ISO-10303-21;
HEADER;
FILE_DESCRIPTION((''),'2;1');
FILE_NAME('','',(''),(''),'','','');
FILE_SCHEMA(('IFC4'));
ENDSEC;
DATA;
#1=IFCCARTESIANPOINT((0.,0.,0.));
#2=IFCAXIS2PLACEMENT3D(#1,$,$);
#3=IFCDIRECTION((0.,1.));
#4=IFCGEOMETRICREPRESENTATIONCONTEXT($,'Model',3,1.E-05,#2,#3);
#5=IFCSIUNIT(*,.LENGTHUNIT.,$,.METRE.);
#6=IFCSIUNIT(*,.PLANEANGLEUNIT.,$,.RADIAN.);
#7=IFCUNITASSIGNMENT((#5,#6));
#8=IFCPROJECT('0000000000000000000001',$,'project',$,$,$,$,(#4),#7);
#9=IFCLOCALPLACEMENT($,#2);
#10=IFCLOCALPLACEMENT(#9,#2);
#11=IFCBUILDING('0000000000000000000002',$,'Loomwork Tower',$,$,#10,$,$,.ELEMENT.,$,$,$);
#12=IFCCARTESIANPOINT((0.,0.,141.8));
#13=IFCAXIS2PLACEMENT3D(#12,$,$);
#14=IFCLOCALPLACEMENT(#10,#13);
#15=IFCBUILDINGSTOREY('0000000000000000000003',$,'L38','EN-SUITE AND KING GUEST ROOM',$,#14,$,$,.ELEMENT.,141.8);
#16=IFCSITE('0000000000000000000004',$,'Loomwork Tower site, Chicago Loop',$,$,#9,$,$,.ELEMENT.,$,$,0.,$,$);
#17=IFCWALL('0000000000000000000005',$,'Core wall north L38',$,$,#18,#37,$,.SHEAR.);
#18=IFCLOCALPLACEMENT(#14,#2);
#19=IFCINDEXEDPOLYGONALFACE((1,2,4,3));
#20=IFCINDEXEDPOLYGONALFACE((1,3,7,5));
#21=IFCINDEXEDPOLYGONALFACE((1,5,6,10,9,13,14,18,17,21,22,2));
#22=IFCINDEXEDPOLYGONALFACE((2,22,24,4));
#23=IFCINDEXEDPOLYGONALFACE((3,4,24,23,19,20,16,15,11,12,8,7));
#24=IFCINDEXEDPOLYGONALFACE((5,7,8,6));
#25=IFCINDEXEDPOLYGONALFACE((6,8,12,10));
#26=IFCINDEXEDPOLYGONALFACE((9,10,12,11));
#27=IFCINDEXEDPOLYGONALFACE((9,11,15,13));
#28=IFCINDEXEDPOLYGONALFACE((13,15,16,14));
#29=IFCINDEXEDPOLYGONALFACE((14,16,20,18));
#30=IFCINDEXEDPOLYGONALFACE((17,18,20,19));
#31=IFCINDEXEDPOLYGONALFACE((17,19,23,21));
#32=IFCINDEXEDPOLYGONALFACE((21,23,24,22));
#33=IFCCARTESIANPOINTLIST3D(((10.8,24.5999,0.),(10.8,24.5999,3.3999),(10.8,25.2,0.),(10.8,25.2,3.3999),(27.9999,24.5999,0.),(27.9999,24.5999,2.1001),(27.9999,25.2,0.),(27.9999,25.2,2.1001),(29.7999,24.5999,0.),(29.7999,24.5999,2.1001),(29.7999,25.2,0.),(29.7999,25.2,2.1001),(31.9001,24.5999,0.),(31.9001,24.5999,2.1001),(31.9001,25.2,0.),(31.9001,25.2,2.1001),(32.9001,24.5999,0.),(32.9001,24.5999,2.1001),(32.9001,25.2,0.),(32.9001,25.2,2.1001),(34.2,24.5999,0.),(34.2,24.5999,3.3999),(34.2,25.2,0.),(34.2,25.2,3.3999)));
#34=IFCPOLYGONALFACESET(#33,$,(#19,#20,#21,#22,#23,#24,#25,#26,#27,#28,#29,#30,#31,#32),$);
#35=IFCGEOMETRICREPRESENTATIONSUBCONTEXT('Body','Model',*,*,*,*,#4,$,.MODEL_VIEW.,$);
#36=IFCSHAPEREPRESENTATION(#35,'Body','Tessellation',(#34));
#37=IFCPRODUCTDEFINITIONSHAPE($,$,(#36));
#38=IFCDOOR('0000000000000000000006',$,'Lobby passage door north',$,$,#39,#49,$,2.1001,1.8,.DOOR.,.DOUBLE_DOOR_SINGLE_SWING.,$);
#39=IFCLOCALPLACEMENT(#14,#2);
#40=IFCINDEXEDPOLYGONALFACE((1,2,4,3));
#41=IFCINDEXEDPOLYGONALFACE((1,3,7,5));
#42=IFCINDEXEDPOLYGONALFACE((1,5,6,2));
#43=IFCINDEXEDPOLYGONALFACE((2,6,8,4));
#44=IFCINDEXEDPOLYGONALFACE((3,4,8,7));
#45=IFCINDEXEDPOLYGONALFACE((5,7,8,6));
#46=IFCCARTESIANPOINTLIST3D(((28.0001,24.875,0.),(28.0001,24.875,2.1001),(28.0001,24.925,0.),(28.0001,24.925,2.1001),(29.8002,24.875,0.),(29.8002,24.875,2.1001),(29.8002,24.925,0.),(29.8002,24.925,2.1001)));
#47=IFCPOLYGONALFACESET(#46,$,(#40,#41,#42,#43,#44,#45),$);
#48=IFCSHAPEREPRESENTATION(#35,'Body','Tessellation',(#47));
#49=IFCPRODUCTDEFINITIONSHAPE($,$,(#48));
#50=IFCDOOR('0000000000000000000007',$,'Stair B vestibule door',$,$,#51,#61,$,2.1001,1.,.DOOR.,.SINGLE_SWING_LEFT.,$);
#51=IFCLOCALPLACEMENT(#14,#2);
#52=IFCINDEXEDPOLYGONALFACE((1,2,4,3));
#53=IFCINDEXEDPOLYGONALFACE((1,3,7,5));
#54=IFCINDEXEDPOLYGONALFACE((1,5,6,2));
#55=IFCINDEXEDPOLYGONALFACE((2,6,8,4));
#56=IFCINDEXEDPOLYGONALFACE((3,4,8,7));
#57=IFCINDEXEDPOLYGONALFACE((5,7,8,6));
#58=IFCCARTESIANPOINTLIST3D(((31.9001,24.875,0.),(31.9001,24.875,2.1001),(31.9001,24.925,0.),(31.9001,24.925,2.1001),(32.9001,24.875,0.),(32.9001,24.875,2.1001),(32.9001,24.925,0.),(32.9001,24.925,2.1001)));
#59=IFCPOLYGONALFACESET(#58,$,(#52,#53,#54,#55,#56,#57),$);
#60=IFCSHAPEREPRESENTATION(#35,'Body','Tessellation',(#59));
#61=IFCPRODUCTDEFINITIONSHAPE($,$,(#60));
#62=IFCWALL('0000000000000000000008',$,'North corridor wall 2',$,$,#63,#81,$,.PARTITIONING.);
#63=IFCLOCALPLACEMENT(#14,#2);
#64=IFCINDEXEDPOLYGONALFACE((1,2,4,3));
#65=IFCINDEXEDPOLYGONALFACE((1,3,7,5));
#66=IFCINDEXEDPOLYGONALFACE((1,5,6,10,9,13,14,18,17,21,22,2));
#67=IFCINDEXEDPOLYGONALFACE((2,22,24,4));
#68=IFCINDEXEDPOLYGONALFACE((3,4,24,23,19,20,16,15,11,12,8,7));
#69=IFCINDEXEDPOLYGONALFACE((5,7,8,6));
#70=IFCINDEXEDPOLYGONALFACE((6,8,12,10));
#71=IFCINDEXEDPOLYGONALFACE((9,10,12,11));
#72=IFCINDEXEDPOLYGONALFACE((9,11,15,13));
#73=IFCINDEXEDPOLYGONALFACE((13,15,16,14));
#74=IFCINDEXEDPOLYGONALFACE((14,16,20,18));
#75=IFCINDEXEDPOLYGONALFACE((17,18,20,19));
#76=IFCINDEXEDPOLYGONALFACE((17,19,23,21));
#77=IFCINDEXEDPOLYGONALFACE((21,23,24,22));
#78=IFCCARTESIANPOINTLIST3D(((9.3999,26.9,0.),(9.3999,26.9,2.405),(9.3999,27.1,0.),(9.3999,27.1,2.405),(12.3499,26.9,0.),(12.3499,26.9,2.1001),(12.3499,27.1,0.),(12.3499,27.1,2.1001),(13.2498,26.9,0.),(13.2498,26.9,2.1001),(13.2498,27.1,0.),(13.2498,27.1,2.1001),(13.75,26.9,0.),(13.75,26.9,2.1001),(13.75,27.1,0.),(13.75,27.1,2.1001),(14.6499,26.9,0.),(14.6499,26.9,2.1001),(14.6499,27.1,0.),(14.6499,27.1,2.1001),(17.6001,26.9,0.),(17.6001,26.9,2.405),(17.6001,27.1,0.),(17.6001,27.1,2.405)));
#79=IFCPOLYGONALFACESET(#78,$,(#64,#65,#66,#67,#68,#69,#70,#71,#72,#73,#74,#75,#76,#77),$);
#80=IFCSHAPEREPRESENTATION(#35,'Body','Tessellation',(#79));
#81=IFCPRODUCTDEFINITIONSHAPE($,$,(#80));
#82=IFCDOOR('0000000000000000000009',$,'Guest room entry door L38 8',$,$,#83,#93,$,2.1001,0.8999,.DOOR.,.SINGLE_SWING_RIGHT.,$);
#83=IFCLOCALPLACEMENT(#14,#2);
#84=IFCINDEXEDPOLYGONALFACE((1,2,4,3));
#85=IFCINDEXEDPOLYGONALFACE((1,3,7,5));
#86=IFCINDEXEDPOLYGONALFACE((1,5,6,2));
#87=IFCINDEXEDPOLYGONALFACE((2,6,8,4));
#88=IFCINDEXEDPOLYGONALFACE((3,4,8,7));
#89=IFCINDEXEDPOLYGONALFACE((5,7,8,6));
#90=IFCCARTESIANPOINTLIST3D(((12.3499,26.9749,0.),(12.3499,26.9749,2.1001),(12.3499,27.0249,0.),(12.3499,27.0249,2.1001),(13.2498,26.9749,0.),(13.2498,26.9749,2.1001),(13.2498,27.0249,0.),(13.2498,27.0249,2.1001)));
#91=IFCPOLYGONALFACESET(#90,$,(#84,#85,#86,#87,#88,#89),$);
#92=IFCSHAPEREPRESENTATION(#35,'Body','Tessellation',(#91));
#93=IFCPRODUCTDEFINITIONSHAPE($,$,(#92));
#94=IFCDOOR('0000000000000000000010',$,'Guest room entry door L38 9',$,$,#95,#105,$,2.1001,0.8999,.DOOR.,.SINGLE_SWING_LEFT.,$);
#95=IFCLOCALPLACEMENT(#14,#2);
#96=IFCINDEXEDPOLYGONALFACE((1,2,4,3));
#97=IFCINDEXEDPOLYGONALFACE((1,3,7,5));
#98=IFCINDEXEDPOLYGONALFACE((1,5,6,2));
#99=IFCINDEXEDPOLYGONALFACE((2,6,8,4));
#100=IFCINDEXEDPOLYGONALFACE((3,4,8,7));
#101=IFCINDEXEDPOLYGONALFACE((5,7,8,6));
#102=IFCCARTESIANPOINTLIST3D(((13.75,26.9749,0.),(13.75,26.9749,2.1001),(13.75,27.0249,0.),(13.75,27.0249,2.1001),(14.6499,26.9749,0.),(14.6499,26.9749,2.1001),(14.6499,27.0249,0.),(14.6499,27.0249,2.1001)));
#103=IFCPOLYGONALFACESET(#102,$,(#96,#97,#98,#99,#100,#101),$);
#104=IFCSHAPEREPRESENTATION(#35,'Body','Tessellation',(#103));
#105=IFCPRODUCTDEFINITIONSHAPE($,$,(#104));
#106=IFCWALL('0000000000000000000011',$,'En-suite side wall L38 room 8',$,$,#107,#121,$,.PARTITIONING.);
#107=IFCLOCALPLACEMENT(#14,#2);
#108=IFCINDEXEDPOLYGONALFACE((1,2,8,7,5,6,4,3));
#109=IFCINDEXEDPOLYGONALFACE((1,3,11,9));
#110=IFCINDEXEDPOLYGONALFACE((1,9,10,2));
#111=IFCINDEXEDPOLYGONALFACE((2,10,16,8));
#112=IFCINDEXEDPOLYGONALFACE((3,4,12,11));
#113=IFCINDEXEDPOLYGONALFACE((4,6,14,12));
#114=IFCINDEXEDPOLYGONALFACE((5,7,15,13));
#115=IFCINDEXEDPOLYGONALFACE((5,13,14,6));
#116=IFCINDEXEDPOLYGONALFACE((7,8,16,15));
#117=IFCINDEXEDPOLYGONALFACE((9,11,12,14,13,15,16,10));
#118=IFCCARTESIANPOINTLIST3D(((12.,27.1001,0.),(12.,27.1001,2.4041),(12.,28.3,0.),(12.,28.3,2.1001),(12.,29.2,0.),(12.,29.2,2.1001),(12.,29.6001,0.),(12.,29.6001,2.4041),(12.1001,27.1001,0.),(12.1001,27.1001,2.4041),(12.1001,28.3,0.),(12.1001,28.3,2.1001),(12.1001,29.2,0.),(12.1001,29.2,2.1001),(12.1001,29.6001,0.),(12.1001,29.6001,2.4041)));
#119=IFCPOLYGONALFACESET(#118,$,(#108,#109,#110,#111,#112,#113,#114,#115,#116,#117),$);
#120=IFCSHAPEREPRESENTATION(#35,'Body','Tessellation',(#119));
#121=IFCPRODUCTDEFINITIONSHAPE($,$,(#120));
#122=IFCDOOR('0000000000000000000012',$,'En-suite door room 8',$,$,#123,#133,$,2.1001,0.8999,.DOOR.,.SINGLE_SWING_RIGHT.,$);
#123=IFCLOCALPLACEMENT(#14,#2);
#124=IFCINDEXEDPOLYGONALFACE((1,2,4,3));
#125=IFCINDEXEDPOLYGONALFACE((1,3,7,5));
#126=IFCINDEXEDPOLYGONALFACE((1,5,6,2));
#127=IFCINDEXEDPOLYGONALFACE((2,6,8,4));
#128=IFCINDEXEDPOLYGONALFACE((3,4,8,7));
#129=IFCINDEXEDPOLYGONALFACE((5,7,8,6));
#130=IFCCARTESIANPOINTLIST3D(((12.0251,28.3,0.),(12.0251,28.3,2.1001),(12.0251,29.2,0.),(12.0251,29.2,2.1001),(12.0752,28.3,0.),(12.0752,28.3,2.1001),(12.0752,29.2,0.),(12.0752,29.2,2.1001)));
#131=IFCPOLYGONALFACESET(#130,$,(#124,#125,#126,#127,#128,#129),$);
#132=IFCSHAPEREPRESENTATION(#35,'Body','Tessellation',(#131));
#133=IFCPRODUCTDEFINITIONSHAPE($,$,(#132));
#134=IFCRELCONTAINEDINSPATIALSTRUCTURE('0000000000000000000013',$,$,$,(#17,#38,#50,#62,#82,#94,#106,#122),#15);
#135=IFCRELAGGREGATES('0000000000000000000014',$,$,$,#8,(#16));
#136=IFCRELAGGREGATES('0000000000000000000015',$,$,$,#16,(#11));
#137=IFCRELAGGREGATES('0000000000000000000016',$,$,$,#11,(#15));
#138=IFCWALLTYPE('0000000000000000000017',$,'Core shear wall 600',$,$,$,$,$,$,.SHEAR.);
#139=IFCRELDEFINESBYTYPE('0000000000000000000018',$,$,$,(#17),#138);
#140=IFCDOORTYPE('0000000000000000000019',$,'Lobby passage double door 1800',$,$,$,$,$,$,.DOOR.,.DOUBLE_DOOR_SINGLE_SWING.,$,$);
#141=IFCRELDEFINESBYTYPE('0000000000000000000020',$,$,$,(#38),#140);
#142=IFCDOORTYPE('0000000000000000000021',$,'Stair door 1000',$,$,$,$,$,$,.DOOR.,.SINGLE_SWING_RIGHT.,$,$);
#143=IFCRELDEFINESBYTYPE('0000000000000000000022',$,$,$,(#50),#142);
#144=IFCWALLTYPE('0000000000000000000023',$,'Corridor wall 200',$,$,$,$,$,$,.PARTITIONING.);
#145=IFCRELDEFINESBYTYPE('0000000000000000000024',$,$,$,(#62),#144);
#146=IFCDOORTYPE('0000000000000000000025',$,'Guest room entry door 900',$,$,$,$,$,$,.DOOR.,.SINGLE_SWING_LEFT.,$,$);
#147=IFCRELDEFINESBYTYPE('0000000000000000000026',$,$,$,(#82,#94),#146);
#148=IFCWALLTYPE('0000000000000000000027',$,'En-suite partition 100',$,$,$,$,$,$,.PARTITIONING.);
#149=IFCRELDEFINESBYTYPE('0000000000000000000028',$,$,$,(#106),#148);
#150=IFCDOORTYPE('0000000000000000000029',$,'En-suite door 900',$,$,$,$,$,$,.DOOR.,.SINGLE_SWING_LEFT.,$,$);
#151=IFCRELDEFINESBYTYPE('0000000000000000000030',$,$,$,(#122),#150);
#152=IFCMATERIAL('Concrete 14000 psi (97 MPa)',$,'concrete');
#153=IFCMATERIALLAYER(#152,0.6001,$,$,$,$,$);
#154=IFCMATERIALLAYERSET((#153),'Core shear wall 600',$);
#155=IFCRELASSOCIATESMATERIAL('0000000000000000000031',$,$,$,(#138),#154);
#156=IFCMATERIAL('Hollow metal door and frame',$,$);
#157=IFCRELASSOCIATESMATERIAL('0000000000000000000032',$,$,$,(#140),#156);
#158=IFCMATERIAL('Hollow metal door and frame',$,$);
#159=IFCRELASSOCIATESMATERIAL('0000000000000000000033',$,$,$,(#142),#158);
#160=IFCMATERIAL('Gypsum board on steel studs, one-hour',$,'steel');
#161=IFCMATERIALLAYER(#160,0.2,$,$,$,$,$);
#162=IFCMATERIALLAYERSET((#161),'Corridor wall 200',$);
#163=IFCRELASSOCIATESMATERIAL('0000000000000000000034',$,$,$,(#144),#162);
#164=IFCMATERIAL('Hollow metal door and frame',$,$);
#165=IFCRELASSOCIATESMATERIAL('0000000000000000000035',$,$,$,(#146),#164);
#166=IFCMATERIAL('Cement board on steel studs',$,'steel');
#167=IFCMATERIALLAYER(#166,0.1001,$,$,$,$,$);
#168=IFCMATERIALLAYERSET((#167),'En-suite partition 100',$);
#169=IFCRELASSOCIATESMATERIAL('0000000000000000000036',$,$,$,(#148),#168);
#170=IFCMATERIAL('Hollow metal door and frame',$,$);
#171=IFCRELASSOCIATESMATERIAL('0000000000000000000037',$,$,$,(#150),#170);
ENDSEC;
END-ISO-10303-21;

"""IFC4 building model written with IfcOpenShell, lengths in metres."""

from ifc_helpers import new_model, si_unit, direction, frame, frame_2d, origin, place, context, subcontext, project, spatial, rectangle, extrude, material, layer, layer_set, type_object, element, fill, save


model = new_model("IFC4")

# Units and contexts
model_context = context("Model", 3, precision=1e-05, world=origin(), true_north=direction((0.0, 1.0)))
body_context = subcontext(model_context, "Body", "Model", "MODEL_VIEW")
ifc_project = project(units=[si_unit("LENGTHUNIT", "METRE"), si_unit("PLANEANGLEUNIT", "RADIAN")], contexts=[model_context])

# Site, building, storey
site_placement = place(None, origin())
site = spatial("IfcSite", under=ifc_project, at=site_placement, Name="Loomwork Tower site, Chicago Loop", CompositionType="ELEMENT", RefElevation=0.0)
building_placement = place(site_placement, origin())
building = spatial("IfcBuilding", under=site, at=building_placement, Name="Loomwork Tower", CompositionType="ELEMENT")
storey_placement = place(building_placement, frame((0.0, 0.0, 141.8)))
storey = spatial("IfcBuildingStorey", under=building, at=storey_placement, Name="L38", Description="EN-SUITE AND KING GUEST ROOM", CompositionType="ELEMENT", Elevation=141.8)

# Walls, openings, doors
ifc_material_1 = material(Name="Concrete 14000 psi (97 MPa)", Category="concrete")
ifc_layer_1 = layer(ifc_material_1, 0.6001)
ifc_layer_set_1 = layer_set([ifc_layer_1], Name="Core shear wall 600")
wall_type_1 = type_object("IfcWallType", Name="Core shear wall 600", PredefinedType="SHEAR", material=ifc_layer_set_1)
wall_1_placement = place(storey_placement, frame((10.8, 24.8999, 0.0), z_axis=(0.0, 0.0, 1.0), x_axis=(1.0, 0.0, 0.0)))
wall_1 = element("IfcWall", 1, at=wall_1_placement, inside=storey, type_object=wall_type_1, Name="Core wall north L38", PredefinedType="SHEAR", context=body_context, shape_type="SweptSolid", body=[
    extrude(rectangle(XDim=23.3999, YDim=0.6001, at=frame_2d((11.7, 0.0))), origin(), (0.0, 0.0, 1.0), 3.3999),
])
opening_1_placement = place(wall_1_placement, frame((17.2, 0.0, 0.0)))
opening_1 = element("IfcOpeningElement", 2, at=opening_1_placement, cuts=wall_1, PredefinedType="OPENING", context=body_context, shape_type="SweptSolid", body=[
    extrude(rectangle(XDim=1.8, YDim=2.1001, at=frame_2d((0.8999, 1.05))), frame((0.0, 0.3101, 0.0), z_axis=(0.0, -1.0, 0.0), x_axis=(1.0, 0.0, 0.0)), (0.0, 0.0, 1.0), 0.6201),
])
opening_2_placement = place(wall_1_placement, frame((21.1001, 0.0, 0.0)))
opening_2 = element("IfcOpeningElement", 3, at=opening_2_placement, cuts=wall_1, PredefinedType="OPENING", context=body_context, shape_type="SweptSolid", body=[
    extrude(rectangle(XDim=1.0, YDim=2.1001, at=frame_2d((0.5, 1.05))), frame((0.0, 0.3101, 0.0), z_axis=(0.0, -1.0, 0.0), x_axis=(1.0, 0.0, 0.0)), (0.0, 0.0, 1.0), 0.6201),
])
ifc_material_2 = material(Name="Hollow metal door and frame")
door_type_1 = type_object("IfcDoorType", Name="Lobby passage double door 1800", OperationType="DOUBLE_DOOR_SINGLE_SWING", PredefinedType="DOOR", material=ifc_material_2)
door_1_placement = place(opening_1_placement, frame((1.8, 0.0, 0.0), z_axis=(0.0, 0.0, 1.0), x_axis=(-1.0, 0.0, 0.0)))
door_1 = element("IfcDoor", 4, at=door_1_placement, inside=storey, type_object=door_type_1, Name="Lobby passage door north", OperationType="DOUBLE_DOOR_SINGLE_SWING", OverallHeight=2.1001, OverallWidth=1.8, PredefinedType="DOOR", context=body_context, shape_type="SweptSolid", body=[
    extrude(rectangle(XDim=1.8, YDim=2.1001, at=frame_2d((0.8999, 1.05))), frame((0.0, 0.0249, 0.0), z_axis=(0.0, -1.0, 0.0), x_axis=(1.0, 0.0, 0.0)), (0.0, 0.0, 1.0), 0.05),
])
fill(opening_1, door_1)
ifc_material_3 = material(Name="Hollow metal door and frame")
door_type_2 = type_object("IfcDoorType", Name="Stair door 1000", OperationType="SINGLE_SWING_RIGHT", PredefinedType="DOOR", material=ifc_material_3)
door_2_placement = place(opening_2_placement, frame((1.0, 0.0, 0.0), z_axis=(0.0, 0.0, 1.0), x_axis=(-1.0, 0.0, 0.0)))
door_2 = element("IfcDoor", 5, at=door_2_placement, inside=storey, type_object=door_type_2, Name="Stair B vestibule door", OperationType="SINGLE_SWING_LEFT", OverallHeight=2.1001, OverallWidth=1.0, PredefinedType="DOOR", context=body_context, shape_type="SweptSolid", body=[
    extrude(rectangle(XDim=1.0, YDim=2.1001, at=frame_2d((0.5, 1.05))), frame((0.0, 0.0249, 0.0), z_axis=(0.0, -1.0, 0.0), x_axis=(1.0, 0.0, 0.0)), (0.0, 0.0, 1.0), 0.05),
])
fill(opening_2, door_2)
ifc_material_4 = material(Name="Gypsum board on steel studs, one-hour", Category="steel")
ifc_layer_2 = layer(ifc_material_4, 0.2)
ifc_layer_set_2 = layer_set([ifc_layer_2], Name="Corridor wall 200")
wall_type_2 = type_object("IfcWallType", Name="Corridor wall 200", PredefinedType="PARTITIONING", material=ifc_layer_set_2)
wall_2_placement = place(storey_placement, frame((9.3999, 27.0, 0.0), z_axis=(0.0, 0.0, 1.0), x_axis=(1.0, 0.0, 0.0)))
wall_2 = element("IfcWall", 6, at=wall_2_placement, inside=storey, type_object=wall_type_2, Name="North corridor wall 2", PredefinedType="PARTITIONING", context=body_context, shape_type="SweptSolid", body=[
    extrude(rectangle(XDim=8.2002, YDim=0.2, at=frame_2d((4.1001, 0.0))), origin(), (0.0, 0.0, 1.0), 2.405),
])
opening_3_placement = place(wall_2_placement, frame((2.95, 0.0, 0.0)))
opening_3 = element("IfcOpeningElement", 7, at=opening_3_placement, cuts=wall_2, PredefinedType="OPENING", context=body_context, shape_type="SweptSolid", body=[
    extrude(rectangle(XDim=0.8999, YDim=2.1001, at=frame_2d((0.45, 1.05))), frame((0.0, 0.1099, 0.0), z_axis=(0.0, -1.0, 0.0), x_axis=(1.0, 0.0, 0.0)), (0.0, 0.0, 1.0), 0.22),
])
opening_4_placement = place(wall_2_placement, frame((4.3501, 0.0, 0.0)))
opening_4 = element("IfcOpeningElement", 8, at=opening_4_placement, cuts=wall_2, PredefinedType="OPENING", context=body_context, shape_type="SweptSolid", body=[
    extrude(rectangle(XDim=0.8999, YDim=2.1001, at=frame_2d((0.45, 1.05))), frame((0.0, 0.1099, 0.0), z_axis=(0.0, -1.0, 0.0), x_axis=(1.0, 0.0, 0.0)), (0.0, 0.0, 1.0), 0.22),
])
ifc_material_5 = material(Name="Hollow metal door and frame")
door_type_3 = type_object("IfcDoorType", Name="Guest room entry door 900", OperationType="SINGLE_SWING_LEFT", PredefinedType="DOOR", material=ifc_material_5)
door_3_placement = place(opening_3_placement, origin())
door_3 = element("IfcDoor", 9, at=door_3_placement, inside=storey, type_object=door_type_3, Name="Guest room entry door L38 8", OperationType="SINGLE_SWING_RIGHT", OverallHeight=2.1001, OverallWidth=0.8999, PredefinedType="DOOR", context=body_context, shape_type="SweptSolid", body=[
    extrude(rectangle(XDim=0.8999, YDim=2.1001, at=frame_2d((0.45, 1.05))), frame((0.0, 0.0249, 0.0), z_axis=(0.0, -1.0, 0.0), x_axis=(1.0, 0.0, 0.0)), (0.0, 0.0, 1.0), 0.05),
])
fill(opening_3, door_3)
door_4_placement = place(opening_4_placement, origin())
door_4 = element("IfcDoor", 10, at=door_4_placement, inside=storey, type_object=door_type_3, Name="Guest room entry door L38 9", OperationType="SINGLE_SWING_LEFT", OverallHeight=2.1001, OverallWidth=0.8999, PredefinedType="DOOR", context=body_context, shape_type="SweptSolid", body=[
    extrude(rectangle(XDim=0.8999, YDim=2.1001, at=frame_2d((0.45, 1.05))), frame((0.0, 0.0249, 0.0), z_axis=(0.0, -1.0, 0.0), x_axis=(1.0, 0.0, 0.0)), (0.0, 0.0, 1.0), 0.05),
])
fill(opening_4, door_4)

# Wall, opening, door
ifc_material_6 = material(Name="Cement board on steel studs", Category="steel")
ifc_layer_3 = layer(ifc_material_6, 0.1001)
ifc_layer_set_3 = layer_set([ifc_layer_3], Name="En-suite partition 100")
wall_type_3 = type_object("IfcWallType", Name="En-suite partition 100", PredefinedType="PARTITIONING", material=ifc_layer_set_3)
wall_3_placement = place(storey_placement, frame((12.05, 27.1001, 0.0), z_axis=(0.0, 0.0, 1.0), x_axis=(0.0, 1.0, 0.0)))
wall_3 = element("IfcWall", 11, at=wall_3_placement, inside=storey, type_object=wall_type_3, Name="En-suite side wall L38 room 8", PredefinedType="PARTITIONING", context=body_context, shape_type="SweptSolid", body=[
    extrude(rectangle(XDim=2.5, YDim=0.1001, at=frame_2d((1.25, 0.0))), origin(), (0.0, 0.0, 1.0), 2.4041),
])
opening_5_placement = place(wall_3_placement, frame((1.2, 0.0, 0.0)))
opening_5 = element("IfcOpeningElement", 12, at=opening_5_placement, cuts=wall_3, PredefinedType="OPENING", context=body_context, shape_type="SweptSolid", body=[
    extrude(rectangle(XDim=0.8999, YDim=2.1001, at=frame_2d((0.45, 1.05))), frame((0.0, 0.0601, 0.0), z_axis=(0.0, -1.0, 0.0), x_axis=(1.0, 0.0, 0.0)), (0.0, 0.0, 1.0), 0.1201),
])
ifc_material_7 = material(Name="Hollow metal door and frame")
door_type_4 = type_object("IfcDoorType", Name="En-suite door 900", OperationType="SINGLE_SWING_LEFT", PredefinedType="DOOR", material=ifc_material_7)
door_5_placement = place(opening_5_placement, origin())
door_5 = element("IfcDoor", 13, at=door_5_placement, inside=storey, type_object=door_type_4, Name="En-suite door room 8", OperationType="SINGLE_SWING_RIGHT", OverallHeight=2.1001, OverallWidth=0.8999, PredefinedType="DOOR", context=body_context, shape_type="SweptSolid", body=[
    extrude(rectangle(XDim=0.8999, YDim=2.1001, at=frame_2d((0.45, 1.05))), frame((0.0, 0.0249, 0.0), z_axis=(0.0, -1.0, 0.0), x_axis=(1.0, 0.0, 0.0)), (0.0, 0.0, 1.0), 0.05),
])
fill(opening_5, door_5)

save(model, "model.ifc")
